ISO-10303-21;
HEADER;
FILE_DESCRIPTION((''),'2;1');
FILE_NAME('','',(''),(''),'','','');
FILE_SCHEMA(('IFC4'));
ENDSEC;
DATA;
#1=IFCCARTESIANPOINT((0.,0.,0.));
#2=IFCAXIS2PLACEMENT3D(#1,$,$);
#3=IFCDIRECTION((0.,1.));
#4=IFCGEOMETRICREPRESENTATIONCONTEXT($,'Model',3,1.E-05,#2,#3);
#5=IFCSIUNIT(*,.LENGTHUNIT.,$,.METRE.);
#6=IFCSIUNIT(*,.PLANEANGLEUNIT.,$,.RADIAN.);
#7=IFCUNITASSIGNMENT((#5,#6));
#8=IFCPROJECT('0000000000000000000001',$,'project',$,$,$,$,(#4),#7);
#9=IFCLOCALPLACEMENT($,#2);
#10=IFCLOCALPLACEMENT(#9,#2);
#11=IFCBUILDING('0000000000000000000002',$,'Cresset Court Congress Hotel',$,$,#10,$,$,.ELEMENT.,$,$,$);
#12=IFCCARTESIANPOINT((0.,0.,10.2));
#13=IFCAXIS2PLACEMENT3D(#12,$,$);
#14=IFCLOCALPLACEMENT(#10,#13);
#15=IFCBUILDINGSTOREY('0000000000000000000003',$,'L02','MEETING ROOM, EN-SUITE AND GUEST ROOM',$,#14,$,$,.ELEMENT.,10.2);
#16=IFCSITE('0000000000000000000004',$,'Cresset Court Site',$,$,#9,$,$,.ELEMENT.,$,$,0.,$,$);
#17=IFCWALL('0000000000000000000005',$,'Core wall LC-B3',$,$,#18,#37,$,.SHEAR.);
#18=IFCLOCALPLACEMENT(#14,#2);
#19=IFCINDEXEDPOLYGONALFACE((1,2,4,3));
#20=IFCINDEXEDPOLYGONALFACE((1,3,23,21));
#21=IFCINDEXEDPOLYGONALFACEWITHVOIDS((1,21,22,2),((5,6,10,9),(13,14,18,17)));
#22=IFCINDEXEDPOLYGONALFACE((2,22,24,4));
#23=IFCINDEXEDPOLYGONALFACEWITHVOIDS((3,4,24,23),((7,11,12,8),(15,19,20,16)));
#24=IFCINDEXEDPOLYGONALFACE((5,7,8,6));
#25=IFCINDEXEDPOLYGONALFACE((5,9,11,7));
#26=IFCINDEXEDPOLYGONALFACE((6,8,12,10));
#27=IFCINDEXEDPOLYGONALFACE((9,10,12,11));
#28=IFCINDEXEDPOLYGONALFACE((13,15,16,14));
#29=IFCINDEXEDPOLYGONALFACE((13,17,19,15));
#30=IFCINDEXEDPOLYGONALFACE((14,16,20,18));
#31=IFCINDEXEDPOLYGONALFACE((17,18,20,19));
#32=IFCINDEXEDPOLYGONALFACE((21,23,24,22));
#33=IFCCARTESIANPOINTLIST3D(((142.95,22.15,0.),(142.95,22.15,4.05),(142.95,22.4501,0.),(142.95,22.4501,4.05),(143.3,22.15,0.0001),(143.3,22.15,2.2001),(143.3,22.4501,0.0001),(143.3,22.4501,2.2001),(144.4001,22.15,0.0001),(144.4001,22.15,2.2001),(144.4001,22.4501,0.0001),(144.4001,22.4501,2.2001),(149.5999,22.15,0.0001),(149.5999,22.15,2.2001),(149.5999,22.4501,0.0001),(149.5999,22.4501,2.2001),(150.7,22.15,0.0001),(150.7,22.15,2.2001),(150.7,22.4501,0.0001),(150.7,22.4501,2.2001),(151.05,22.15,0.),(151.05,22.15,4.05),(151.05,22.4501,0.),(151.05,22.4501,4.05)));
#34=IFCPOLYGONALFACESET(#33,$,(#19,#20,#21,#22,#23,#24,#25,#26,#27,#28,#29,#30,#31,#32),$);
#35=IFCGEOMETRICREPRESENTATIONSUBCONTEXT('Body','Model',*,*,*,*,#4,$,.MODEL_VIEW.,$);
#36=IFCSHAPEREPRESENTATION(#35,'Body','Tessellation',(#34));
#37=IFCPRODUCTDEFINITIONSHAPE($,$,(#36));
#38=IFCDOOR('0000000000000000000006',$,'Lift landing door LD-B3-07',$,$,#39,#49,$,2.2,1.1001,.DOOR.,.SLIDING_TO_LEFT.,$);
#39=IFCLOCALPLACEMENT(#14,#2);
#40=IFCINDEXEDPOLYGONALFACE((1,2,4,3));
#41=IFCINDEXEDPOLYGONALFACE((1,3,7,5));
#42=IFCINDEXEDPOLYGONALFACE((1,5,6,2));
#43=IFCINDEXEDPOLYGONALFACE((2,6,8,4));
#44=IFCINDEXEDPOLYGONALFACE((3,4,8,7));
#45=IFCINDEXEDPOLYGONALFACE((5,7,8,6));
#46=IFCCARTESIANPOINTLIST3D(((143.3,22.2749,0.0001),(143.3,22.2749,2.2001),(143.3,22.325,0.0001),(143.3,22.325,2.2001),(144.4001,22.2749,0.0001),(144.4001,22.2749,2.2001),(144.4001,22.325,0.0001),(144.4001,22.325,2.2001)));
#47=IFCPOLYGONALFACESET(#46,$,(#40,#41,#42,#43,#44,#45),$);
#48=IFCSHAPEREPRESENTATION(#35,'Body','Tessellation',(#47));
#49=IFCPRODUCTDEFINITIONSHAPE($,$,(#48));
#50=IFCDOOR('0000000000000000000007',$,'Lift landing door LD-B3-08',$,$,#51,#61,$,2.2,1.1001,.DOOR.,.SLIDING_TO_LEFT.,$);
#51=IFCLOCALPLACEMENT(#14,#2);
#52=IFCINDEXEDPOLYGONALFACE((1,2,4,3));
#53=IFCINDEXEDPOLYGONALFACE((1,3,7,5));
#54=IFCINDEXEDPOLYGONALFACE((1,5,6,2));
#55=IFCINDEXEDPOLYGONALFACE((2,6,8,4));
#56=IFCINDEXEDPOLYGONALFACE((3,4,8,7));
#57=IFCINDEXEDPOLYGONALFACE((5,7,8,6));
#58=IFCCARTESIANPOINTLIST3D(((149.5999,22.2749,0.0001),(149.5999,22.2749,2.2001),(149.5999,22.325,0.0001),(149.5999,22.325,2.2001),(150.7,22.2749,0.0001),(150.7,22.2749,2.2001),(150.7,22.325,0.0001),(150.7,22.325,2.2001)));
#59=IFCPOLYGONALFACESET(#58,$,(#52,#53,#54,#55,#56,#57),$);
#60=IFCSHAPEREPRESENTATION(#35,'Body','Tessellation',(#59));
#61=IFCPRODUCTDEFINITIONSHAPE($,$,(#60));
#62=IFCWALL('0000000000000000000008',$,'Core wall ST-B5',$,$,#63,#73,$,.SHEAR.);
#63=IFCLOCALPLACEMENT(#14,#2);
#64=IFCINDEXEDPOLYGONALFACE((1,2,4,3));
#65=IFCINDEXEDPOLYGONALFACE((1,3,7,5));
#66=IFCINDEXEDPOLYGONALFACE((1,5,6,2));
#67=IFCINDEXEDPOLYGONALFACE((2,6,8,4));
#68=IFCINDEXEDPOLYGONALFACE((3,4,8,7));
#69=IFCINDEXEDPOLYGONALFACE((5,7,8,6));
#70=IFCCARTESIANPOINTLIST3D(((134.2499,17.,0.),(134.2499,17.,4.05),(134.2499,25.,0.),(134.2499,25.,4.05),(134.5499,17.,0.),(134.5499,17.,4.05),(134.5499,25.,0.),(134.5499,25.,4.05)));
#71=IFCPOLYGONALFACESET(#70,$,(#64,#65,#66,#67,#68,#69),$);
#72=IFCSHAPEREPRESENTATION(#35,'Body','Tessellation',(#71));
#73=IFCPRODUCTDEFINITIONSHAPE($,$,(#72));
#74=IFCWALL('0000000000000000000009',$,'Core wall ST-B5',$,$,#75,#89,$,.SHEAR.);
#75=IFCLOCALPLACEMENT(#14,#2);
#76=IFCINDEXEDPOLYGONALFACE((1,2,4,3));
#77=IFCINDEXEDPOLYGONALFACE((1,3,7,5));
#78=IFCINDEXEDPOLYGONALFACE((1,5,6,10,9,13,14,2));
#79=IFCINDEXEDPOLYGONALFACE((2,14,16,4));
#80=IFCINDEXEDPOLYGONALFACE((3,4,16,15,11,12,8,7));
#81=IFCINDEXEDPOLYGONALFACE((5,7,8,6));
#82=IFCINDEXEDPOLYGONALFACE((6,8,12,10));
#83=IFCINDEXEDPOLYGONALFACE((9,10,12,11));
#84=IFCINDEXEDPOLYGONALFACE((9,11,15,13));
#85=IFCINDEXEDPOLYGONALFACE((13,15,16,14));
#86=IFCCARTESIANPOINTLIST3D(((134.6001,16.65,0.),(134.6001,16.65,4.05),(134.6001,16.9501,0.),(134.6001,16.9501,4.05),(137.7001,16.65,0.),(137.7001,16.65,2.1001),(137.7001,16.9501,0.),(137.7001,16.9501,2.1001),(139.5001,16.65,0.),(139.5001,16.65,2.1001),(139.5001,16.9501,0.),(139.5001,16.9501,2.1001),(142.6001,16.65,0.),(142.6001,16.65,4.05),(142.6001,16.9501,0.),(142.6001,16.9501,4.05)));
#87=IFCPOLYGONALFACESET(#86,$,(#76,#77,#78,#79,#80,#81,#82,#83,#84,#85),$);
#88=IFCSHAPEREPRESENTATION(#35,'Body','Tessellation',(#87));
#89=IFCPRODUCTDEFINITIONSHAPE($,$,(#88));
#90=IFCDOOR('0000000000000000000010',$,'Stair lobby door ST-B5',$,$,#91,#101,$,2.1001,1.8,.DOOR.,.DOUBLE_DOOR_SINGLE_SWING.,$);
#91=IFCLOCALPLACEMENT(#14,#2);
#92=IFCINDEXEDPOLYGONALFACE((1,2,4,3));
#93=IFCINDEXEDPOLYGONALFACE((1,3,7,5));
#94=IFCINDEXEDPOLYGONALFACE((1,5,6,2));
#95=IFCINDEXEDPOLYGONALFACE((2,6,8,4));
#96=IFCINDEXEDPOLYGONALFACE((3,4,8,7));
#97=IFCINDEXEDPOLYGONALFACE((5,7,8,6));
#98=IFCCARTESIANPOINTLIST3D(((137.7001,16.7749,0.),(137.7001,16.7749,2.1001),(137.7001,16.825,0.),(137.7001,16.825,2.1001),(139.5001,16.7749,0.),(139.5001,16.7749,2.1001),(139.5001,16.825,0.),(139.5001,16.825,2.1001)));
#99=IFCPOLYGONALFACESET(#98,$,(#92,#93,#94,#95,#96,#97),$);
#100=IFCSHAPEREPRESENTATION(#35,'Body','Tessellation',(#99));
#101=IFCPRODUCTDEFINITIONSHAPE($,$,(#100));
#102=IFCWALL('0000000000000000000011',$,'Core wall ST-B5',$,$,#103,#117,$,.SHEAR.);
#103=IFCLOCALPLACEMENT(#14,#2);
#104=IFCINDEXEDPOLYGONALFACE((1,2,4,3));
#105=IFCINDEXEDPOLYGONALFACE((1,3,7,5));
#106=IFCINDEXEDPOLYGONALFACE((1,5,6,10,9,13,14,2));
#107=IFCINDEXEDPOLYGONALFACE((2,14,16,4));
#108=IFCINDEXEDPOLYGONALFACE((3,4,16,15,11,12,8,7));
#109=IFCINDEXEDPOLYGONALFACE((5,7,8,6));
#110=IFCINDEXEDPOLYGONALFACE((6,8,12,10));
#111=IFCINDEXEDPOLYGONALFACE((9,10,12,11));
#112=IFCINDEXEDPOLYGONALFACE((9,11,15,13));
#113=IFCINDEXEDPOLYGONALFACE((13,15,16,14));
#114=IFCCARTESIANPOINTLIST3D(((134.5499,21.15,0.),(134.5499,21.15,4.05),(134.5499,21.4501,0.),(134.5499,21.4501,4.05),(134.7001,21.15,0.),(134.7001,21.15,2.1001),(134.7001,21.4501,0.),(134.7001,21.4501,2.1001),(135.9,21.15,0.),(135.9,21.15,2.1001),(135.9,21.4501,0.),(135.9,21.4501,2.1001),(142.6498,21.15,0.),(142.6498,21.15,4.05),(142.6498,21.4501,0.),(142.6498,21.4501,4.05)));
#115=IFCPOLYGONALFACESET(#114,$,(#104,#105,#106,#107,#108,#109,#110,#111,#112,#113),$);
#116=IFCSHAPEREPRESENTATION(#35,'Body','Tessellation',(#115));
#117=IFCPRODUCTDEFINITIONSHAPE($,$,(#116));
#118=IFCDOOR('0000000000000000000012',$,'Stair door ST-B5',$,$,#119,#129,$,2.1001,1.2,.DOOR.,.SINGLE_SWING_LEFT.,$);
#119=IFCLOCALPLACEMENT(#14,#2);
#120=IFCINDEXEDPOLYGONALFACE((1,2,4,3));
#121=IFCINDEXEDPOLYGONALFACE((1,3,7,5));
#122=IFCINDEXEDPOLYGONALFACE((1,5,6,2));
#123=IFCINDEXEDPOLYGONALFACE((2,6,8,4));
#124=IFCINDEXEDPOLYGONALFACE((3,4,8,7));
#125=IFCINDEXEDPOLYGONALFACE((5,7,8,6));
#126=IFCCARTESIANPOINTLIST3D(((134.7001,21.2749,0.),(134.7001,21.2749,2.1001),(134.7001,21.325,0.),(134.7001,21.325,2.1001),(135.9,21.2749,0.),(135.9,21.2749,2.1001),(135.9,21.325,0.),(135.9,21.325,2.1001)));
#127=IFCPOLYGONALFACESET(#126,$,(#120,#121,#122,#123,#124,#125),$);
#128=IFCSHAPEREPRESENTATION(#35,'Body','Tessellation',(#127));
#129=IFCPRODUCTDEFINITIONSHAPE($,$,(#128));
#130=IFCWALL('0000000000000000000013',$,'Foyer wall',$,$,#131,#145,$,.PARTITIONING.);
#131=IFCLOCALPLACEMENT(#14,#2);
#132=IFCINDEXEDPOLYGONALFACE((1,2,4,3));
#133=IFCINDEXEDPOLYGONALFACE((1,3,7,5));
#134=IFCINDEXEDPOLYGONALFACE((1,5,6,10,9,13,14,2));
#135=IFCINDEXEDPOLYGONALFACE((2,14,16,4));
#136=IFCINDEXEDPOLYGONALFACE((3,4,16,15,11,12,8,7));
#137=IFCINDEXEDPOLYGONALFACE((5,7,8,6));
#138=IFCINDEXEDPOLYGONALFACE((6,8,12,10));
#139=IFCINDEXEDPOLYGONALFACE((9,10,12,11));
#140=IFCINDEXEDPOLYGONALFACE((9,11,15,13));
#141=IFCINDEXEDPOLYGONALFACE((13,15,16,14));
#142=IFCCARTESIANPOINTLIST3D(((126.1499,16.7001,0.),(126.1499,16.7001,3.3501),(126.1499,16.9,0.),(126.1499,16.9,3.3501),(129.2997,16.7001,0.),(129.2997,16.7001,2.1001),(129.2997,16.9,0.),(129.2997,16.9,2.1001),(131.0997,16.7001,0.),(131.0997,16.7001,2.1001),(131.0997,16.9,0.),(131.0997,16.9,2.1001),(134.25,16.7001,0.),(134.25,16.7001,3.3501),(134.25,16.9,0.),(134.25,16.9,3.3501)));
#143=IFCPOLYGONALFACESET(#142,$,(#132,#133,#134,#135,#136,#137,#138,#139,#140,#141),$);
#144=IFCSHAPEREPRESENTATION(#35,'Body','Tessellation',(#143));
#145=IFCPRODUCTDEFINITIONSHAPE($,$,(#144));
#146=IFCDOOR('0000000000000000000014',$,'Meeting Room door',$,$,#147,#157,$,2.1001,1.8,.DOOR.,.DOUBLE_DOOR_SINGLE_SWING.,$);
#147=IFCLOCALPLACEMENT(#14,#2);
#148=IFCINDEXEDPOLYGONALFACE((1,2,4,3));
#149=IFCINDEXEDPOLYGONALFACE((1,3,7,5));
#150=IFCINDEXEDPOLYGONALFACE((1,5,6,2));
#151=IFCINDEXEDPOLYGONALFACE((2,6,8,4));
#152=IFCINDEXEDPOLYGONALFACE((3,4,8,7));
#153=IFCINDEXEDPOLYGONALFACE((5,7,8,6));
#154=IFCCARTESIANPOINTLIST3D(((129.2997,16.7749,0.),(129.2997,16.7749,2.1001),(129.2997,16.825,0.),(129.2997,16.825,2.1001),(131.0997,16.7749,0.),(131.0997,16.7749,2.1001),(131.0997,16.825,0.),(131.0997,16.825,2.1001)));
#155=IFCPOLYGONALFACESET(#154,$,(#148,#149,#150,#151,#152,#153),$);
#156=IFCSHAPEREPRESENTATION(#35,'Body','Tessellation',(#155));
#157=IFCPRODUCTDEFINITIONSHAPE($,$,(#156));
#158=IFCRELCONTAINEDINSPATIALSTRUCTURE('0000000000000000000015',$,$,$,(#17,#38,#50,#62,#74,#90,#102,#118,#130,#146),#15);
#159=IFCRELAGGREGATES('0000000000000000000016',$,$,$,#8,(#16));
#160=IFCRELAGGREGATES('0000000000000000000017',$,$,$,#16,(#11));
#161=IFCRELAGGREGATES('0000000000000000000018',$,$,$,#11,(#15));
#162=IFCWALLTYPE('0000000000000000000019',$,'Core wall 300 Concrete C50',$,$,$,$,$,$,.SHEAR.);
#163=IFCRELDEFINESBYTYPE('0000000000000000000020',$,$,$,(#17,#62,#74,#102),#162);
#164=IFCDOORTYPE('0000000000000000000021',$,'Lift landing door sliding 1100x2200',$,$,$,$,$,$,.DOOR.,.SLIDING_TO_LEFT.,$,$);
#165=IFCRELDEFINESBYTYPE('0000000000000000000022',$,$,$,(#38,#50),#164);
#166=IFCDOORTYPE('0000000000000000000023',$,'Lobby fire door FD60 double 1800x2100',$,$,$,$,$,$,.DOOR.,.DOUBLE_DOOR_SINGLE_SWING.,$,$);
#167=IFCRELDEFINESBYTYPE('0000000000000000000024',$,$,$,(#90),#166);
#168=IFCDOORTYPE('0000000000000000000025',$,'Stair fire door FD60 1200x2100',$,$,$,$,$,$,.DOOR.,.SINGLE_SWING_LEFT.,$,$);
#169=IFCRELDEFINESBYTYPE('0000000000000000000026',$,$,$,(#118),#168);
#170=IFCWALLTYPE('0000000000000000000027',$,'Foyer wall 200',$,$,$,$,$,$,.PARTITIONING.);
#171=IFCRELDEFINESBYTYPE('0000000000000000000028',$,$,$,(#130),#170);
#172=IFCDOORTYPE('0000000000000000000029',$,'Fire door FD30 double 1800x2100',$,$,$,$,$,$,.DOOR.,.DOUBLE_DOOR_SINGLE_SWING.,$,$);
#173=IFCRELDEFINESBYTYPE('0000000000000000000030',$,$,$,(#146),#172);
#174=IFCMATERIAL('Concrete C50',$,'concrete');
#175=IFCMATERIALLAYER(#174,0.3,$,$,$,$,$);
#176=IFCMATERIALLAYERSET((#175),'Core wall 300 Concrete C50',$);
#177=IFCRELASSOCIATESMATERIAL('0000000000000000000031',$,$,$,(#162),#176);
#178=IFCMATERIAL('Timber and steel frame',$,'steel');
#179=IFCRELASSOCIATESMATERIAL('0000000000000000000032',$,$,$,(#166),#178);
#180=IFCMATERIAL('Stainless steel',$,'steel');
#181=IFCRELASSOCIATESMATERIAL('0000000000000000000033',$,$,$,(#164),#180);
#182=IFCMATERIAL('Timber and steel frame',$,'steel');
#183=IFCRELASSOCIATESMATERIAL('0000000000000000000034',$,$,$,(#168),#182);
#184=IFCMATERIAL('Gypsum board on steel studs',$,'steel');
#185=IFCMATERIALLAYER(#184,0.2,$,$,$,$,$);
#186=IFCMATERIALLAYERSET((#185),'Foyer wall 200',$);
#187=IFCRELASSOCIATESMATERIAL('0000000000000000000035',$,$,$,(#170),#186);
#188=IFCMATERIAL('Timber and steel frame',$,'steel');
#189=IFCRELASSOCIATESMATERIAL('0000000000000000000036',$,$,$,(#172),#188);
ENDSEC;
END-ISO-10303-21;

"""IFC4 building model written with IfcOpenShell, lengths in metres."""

from ifc_helpers import new_model, si_unit, direction, frame, frame_2d, origin, place, context, subcontext, project, spatial, rectangle, extrude, material, layer, layer_set, type_object, element, fill, save


model = new_model("IFC4")

# Units and contexts
model_context = context("Model", 3, precision=1e-05, world=origin(), true_north=direction((0.0, 1.0)))
body_context = subcontext(model_context, "Body", "Model", "MODEL_VIEW")
ifc_project = project(units=[si_unit("LENGTHUNIT", "METRE"), si_unit("PLANEANGLEUNIT", "RADIAN")], contexts=[model_context])

# Site, building, storey
site_placement = place(None, origin())
site = spatial("IfcSite", under=ifc_project, at=site_placement, Name="Cresset Court Site", CompositionType="ELEMENT", RefElevation=0.0)
building_placement = place(site_placement, origin())
building = spatial("IfcBuilding", under=site, at=building_placement, Name="Cresset Court Congress Hotel", CompositionType="ELEMENT")
storey_placement = place(building_placement, frame((0.0, 0.0, 10.2)))
storey = spatial("IfcBuildingStorey", under=building, at=storey_placement, Name="L02", Description="MEETING ROOM, EN-SUITE AND GUEST ROOM", CompositionType="ELEMENT", Elevation=10.2)

# Shared definitions
ifc_material_1 = material(Name="Concrete C50", Category="concrete")
ifc_layer_1 = layer(ifc_material_1, 0.3)
ifc_layer_set_1 = layer_set([ifc_layer_1], Name="Core wall 300 Concrete C50")
wall_type_1 = type_object("IfcWallType", Name="Core wall 300 Concrete C50", PredefinedType="SHEAR", material=ifc_layer_set_1)

# Shared definitions
ifc_material_2 = material(Name="Timber and steel frame", Category="steel")
door_type_1 = type_object("IfcDoorType", Name="Lobby fire door FD60 double 1800x2100", OperationType="DOUBLE_DOOR_SINGLE_SWING", PredefinedType="DOOR", material=ifc_material_2)

# Wall, openings, doors
wall_1_placement = place(storey_placement, frame((142.95, 22.3, 0.0), z_axis=(0.0, 0.0, 1.0), x_axis=(1.0, 0.0, 0.0)))
wall_1 = element("IfcWall", 1, at=wall_1_placement, inside=storey, type_object=wall_type_1, Name="Core wall LC-B3", PredefinedType="SHEAR", context=body_context, shape_type="SweptSolid", body=[
    extrude(rectangle(XDim=8.1001, YDim=0.3, at=frame_2d((4.05, 0.0))), origin(), (0.0, 0.0, 1.0), 4.05),
])
opening_1_placement = place(wall_1_placement, frame((0.3501, 0.0, 0.0)))
opening_1 = element("IfcOpeningElement", 2, at=opening_1_placement, cuts=wall_1, PredefinedType="OPENING", context=body_context, shape_type="SweptSolid", body=[
    extrude(rectangle(XDim=1.1001, YDim=2.2, at=frame_2d((0.55, 1.1001))), frame((0.0, 0.1599, 0.0), z_axis=(0.0, -1.0, 0.0), x_axis=(1.0, 0.0, 0.0)), (0.0, 0.0, 1.0), 0.3201),
])
opening_2_placement = place(wall_1_placement, frame((6.6499, 0.0, 0.0)))
opening_2 = element("IfcOpeningElement", 3, at=opening_2_placement, cuts=wall_1, PredefinedType="OPENING", context=body_context, shape_type="SweptSolid", body=[
    extrude(rectangle(XDim=1.1001, YDim=2.2, at=frame_2d((0.55, 1.1001))), frame((0.0, 0.1599, 0.0), z_axis=(0.0, -1.0, 0.0), x_axis=(1.0, 0.0, 0.0)), (0.0, 0.0, 1.0), 0.3201),
])
ifc_material_3 = material(Name="Stainless steel", Category="steel")
door_type_2 = type_object("IfcDoorType", Name="Lift landing door sliding 1100x2200", OperationType="SLIDING_TO_LEFT", PredefinedType="DOOR", material=ifc_material_3)
door_1_placement = place(opening_1_placement, origin())
door_1 = element("IfcDoor", 4, at=door_1_placement, inside=storey, type_object=door_type_2, Name="Lift landing door LD-B3-07", OperationType="SLIDING_TO_LEFT", OverallHeight=2.2, OverallWidth=1.1001, PredefinedType="DOOR", context=body_context, shape_type="SweptSolid", body=[
    extrude(rectangle(XDim=1.1001, YDim=2.2, at=frame_2d((0.55, 1.1001))), frame((0.0, 0.0249, 0.0), z_axis=(0.0, -1.0, 0.0), x_axis=(1.0, 0.0, 0.0)), (0.0, 0.0, 1.0), 0.05),
])
fill(opening_1, door_1)
door_2_placement = place(opening_2_placement, origin())
door_2 = element("IfcDoor", 5, at=door_2_placement, inside=storey, type_object=door_type_2, Name="Lift landing door LD-B3-08", OperationType="SLIDING_TO_LEFT", OverallHeight=2.2, OverallWidth=1.1001, PredefinedType="DOOR", context=body_context, shape_type="SweptSolid", body=[
    extrude(rectangle(XDim=1.1001, YDim=2.2, at=frame_2d((0.55, 1.1001))), frame((0.0, 0.0249, 0.0), z_axis=(0.0, -1.0, 0.0), x_axis=(1.0, 0.0, 0.0)), (0.0, 0.0, 1.0), 0.05),
])
fill(opening_2, door_2)

# Wall
wall_2_placement = place(storey_placement, frame((134.3999, 17.0, 0.0), z_axis=(0.0, 0.0, 1.0), x_axis=(0.0, 1.0, 0.0)))
element("IfcWall", 6, at=wall_2_placement, inside=storey, type_object=wall_type_1, Name="Core wall ST-B5", PredefinedType="SHEAR", context=body_context, shape_type="SweptSolid", body=[
    extrude(rectangle(XDim=8.0, YDim=0.3, at=frame_2d((4.0, 0.0))), origin(), (0.0, 0.0, 1.0), 4.05),
])

# Walls, openings, doors
wall_3_placement = place(storey_placement, frame((134.6001, 16.8, 0.0), z_axis=(0.0, 0.0, 1.0), x_axis=(1.0, 0.0, 0.0)))
wall_3 = element("IfcWall", 7, at=wall_3_placement, inside=storey, type_object=wall_type_1, Name="Core wall ST-B5", PredefinedType="SHEAR", context=body_context, shape_type="SweptSolid", body=[
    extrude(rectangle(XDim=8.0, YDim=0.3, at=frame_2d((4.0, 0.0))), origin(), (0.0, 0.0, 1.0), 4.05),
])
opening_3_placement = place(wall_3_placement, frame((3.1001, 0.0, 0.0)))
opening_3 = element("IfcOpeningElement", 8, at=opening_3_placement, cuts=wall_3, PredefinedType="OPENING", context=body_context, shape_type="SweptSolid", body=[
    extrude(rectangle(XDim=1.8, YDim=2.1001, at=frame_2d((0.8999, 1.05))), frame((0.0, 0.1599, 0.0), z_axis=(0.0, -1.0, 0.0), x_axis=(1.0, 0.0, 0.0)), (0.0, 0.0, 1.0), 0.3201),
])
door_3_placement = place(opening_3_placement, origin())
door_3 = element("IfcDoor", 9, at=door_3_placement, inside=storey, type_object=door_type_1, Name="Stair lobby door ST-B5", OperationType="DOUBLE_DOOR_SINGLE_SWING", OverallHeight=2.1001, OverallWidth=1.8, PredefinedType="DOOR", context=body_context, shape_type="SweptSolid", body=[
    extrude(rectangle(XDim=1.8, YDim=2.1001, at=frame_2d((0.8999, 1.05))), frame((0.0, 0.0249, 0.0), z_axis=(0.0, -1.0, 0.0), x_axis=(1.0, 0.0, 0.0)), (0.0, 0.0, 1.0), 0.05),
])
fill(opening_3, door_3)
wall_4_placement = place(storey_placement, frame((134.55, 21.3, 0.0), z_axis=(0.0, 0.0, 1.0), x_axis=(1.0, 0.0, 0.0)))
wall_4 = element("IfcWall", 10, at=wall_4_placement, inside=storey, type_object=wall_type_1, Name="Core wall ST-B5", PredefinedType="SHEAR", context=body_context, shape_type="SweptSolid", body=[
    extrude(rectangle(XDim=8.0999, YDim=0.3, at=frame_2d((4.0498, 0.0))), origin(), (0.0, 0.0, 1.0), 4.05),
])
opening_4_placement = place(wall_4_placement, frame((0.1499, 0.0, 0.0)))
opening_4 = element("IfcOpeningElement", 11, at=opening_4_placement, cuts=wall_4, PredefinedType="OPENING", context=body_context, shape_type="SweptSolid", body=[
    extrude(rectangle(XDim=1.2, YDim=2.1001, at=frame_2d((0.6001, 1.05))), frame((0.0, 0.1599, 0.0), z_axis=(0.0, -1.0, 0.0), x_axis=(1.0, 0.0, 0.0)), (0.0, 0.0, 1.0), 0.3201),
])
ifc_material_4 = material(Name="Timber and steel frame", Category="steel")
door_type_3 = type_object("IfcDoorType", Name="Stair fire door FD60 1200x2100", OperationType="SINGLE_SWING_LEFT", PredefinedType="DOOR", material=ifc_material_4)
door_4_placement = place(opening_4_placement, origin())
door_4 = element("IfcDoor", 12, at=door_4_placement, inside=storey, type_object=door_type_3, Name="Stair door ST-B5", OperationType="SINGLE_SWING_LEFT", OverallHeight=2.1001, OverallWidth=1.2, PredefinedType="DOOR", context=body_context, shape_type="SweptSolid", body=[
    extrude(rectangle(XDim=1.2, YDim=2.1001, at=frame_2d((0.6001, 1.05))), frame((0.0, 0.0249, 0.0), z_axis=(0.0, -1.0, 0.0), x_axis=(1.0, 0.0, 0.0)), (0.0, 0.0, 1.0), 0.05),
])
fill(opening_4, door_4)
ifc_material_5 = material(Name="Gypsum board on steel studs", Category="steel")
ifc_layer_2 = layer(ifc_material_5, 0.2)
ifc_layer_set_2 = layer_set([ifc_layer_2], Name="Foyer wall 200")
wall_type_2 = type_object("IfcWallType", Name="Foyer wall 200", PredefinedType="PARTITIONING", material=ifc_layer_set_2)
wall_5_placement = place(storey_placement, frame((126.1499, 16.8, 0.0), z_axis=(0.0, 0.0, 1.0), x_axis=(1.0, 0.0, 0.0)))
wall_5 = element("IfcWall", 13, at=wall_5_placement, inside=storey, type_object=wall_type_2, Name="Foyer wall", PredefinedType="PARTITIONING", context=body_context, shape_type="SweptSolid", body=[
    extrude(rectangle(XDim=8.1001, YDim=0.2, at=frame_2d((4.05, 0.0))), origin(), (0.0, 0.0, 1.0), 3.3501),
])
opening_5_placement = place(wall_5_placement, frame((3.1499, 0.0, 0.0)))
opening_5 = element("IfcOpeningElement", 14, at=opening_5_placement, cuts=wall_5, PredefinedType="OPENING", context=body_context, shape_type="SweptSolid", body=[
    extrude(rectangle(XDim=1.8, YDim=2.1001, at=frame_2d((0.8999, 1.05))), frame((0.0, 0.1099, 0.0), z_axis=(0.0, -1.0, 0.0), x_axis=(1.0, 0.0, 0.0)), (0.0, 0.0, 1.0), 0.22),
])
ifc_material_6 = material(Name="Timber and steel frame", Category="steel")
door_type_4 = type_object("IfcDoorType", Name="Fire door FD30 double 1800x2100", OperationType="DOUBLE_DOOR_SINGLE_SWING", PredefinedType="DOOR", material=ifc_material_6)
door_5_placement = place(opening_5_placement, origin())
door_5 = element("IfcDoor", 15, at=door_5_placement, inside=storey, type_object=door_type_4, Name="Meeting Room door", OperationType="DOUBLE_DOOR_SINGLE_SWING", OverallHeight=2.1001, OverallWidth=1.8, PredefinedType="DOOR", context=body_context, shape_type="SweptSolid", body=[
    extrude(rectangle(XDim=1.8, YDim=2.1001, at=frame_2d((0.8999, 1.05))), frame((0.0, 0.0249, 0.0), z_axis=(0.0, -1.0, 0.0), x_axis=(1.0, 0.0, 0.0)), (0.0, 0.0, 1.0), 0.05),
])
fill(opening_5, door_5)

save(model, "model.ifc")
